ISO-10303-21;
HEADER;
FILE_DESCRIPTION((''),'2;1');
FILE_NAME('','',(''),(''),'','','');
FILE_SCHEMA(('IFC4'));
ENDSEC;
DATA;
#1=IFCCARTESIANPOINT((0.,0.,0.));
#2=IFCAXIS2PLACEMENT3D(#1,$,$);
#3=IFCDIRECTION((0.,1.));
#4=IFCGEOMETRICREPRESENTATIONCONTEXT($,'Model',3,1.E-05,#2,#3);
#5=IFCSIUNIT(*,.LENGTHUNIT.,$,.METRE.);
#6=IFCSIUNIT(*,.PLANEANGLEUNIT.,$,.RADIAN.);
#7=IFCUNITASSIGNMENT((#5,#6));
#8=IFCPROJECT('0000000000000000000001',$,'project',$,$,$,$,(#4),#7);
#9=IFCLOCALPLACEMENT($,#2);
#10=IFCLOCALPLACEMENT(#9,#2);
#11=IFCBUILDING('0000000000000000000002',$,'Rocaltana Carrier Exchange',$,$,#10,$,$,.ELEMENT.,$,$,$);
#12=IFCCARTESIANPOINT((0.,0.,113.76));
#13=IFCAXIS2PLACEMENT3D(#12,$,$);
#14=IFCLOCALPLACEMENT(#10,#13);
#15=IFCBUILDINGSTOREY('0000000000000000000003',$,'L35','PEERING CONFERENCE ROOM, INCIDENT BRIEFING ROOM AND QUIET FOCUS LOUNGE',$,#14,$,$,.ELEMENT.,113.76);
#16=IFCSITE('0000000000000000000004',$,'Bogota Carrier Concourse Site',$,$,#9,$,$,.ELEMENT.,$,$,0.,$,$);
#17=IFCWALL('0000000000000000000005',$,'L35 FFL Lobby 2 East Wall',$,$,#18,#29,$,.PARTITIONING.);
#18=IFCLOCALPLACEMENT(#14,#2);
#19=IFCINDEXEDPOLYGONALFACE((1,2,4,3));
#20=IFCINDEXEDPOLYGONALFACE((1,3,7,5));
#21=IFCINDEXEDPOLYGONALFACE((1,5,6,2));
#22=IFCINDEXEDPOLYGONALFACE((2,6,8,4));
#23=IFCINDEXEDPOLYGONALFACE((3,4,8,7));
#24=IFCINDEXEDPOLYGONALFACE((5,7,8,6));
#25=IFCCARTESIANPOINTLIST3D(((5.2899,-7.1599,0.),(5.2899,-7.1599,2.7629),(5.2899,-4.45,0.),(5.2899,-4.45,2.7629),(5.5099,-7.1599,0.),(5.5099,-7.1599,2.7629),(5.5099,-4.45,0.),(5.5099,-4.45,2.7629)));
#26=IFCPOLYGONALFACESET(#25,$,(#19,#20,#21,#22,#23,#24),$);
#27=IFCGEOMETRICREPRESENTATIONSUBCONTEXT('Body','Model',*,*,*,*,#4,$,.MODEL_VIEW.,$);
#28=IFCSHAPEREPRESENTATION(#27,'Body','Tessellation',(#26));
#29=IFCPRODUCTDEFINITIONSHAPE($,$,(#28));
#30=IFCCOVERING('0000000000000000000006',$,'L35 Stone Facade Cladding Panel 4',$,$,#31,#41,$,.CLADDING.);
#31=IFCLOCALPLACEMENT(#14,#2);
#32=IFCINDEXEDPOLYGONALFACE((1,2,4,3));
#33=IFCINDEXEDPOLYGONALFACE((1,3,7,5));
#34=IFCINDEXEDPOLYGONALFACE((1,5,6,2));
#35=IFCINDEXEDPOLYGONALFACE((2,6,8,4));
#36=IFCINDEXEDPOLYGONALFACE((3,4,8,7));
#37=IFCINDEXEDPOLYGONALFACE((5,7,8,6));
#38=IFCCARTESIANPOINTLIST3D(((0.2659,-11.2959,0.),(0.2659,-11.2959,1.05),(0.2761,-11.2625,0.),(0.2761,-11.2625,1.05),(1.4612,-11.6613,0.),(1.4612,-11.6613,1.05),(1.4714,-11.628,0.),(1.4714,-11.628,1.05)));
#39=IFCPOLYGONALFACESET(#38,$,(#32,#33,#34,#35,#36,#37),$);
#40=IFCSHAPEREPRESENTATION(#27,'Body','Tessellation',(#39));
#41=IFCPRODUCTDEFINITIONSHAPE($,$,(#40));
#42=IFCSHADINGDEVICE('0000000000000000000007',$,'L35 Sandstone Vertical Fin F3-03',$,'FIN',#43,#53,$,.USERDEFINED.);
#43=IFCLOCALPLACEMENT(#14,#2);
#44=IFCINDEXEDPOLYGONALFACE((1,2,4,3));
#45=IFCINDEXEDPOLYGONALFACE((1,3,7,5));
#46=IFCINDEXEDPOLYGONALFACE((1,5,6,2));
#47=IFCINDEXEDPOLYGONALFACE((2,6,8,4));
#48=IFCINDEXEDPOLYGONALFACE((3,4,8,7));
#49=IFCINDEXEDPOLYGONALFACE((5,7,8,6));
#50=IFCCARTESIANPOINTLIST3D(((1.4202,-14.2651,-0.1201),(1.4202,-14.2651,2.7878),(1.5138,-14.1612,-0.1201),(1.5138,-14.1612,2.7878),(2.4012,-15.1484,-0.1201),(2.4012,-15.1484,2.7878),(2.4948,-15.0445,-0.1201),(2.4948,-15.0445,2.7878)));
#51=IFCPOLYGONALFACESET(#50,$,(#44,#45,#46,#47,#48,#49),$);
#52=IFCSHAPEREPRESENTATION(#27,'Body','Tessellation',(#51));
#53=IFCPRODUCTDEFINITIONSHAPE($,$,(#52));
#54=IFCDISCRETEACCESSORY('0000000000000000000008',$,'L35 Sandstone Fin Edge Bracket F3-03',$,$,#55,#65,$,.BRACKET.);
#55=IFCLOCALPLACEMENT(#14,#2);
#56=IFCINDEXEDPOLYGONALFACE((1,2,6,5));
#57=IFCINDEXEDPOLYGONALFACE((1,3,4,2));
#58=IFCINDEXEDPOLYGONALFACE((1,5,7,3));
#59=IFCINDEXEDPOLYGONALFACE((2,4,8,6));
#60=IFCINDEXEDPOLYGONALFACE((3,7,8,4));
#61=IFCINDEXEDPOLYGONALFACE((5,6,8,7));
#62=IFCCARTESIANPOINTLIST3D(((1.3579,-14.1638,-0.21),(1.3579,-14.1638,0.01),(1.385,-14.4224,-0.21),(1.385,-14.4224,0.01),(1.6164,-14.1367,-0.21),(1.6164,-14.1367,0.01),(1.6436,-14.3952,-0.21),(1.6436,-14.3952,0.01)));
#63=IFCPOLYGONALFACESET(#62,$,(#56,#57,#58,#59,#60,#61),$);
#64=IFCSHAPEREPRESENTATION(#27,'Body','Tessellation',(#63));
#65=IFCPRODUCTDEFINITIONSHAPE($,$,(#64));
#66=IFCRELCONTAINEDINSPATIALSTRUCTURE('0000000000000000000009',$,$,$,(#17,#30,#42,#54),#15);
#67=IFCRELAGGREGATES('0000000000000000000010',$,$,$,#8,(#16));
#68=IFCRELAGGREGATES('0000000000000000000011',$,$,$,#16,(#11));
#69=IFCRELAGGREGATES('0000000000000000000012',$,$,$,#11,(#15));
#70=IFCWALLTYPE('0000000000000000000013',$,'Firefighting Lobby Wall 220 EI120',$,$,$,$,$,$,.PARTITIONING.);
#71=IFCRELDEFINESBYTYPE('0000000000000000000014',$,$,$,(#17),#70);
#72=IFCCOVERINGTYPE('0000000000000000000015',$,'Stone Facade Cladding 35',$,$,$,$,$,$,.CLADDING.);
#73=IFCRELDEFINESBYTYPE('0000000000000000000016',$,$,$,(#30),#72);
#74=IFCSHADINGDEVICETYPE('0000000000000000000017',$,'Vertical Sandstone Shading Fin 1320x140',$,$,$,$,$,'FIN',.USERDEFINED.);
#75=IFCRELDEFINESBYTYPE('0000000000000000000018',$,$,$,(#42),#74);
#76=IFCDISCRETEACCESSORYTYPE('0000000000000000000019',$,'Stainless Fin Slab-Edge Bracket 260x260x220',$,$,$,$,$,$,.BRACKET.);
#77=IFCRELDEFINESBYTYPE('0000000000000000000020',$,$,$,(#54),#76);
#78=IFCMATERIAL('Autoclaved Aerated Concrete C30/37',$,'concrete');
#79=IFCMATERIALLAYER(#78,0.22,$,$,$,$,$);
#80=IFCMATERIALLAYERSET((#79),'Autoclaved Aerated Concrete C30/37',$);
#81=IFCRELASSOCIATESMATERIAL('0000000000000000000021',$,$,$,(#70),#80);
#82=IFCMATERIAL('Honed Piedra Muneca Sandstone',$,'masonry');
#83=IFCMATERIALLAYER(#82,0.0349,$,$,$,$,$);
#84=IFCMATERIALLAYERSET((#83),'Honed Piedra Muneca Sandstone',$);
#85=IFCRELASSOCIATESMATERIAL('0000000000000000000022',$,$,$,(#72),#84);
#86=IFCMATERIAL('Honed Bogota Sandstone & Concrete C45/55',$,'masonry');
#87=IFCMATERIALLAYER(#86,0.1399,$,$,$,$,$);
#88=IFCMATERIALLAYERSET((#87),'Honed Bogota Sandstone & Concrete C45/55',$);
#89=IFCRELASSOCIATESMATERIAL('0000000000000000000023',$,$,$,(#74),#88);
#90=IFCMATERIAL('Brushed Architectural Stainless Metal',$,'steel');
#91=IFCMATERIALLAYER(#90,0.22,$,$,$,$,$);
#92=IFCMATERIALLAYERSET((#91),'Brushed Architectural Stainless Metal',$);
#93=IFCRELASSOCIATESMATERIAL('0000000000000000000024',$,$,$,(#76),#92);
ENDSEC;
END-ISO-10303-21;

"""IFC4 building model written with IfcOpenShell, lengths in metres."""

from ifc_helpers import new_model, si_unit, direction, frame, frame_2d, origin, origin_2d, place, context, subcontext, project, spatial, rectangle, extrude, material, layer, layer_set, type_object, element, save


model = new_model("IFC4")

# Units and contexts
model_context = context("Model", 3, precision=1e-05, world=origin(), true_north=direction((0.0, 1.0)))
body_context = subcontext(model_context, "Body", "Model", "MODEL_VIEW")
ifc_project = project(units=[si_unit("LENGTHUNIT", "METRE"), si_unit("PLANEANGLEUNIT", "RADIAN")], contexts=[model_context])

# Site, building, storey
site_placement = place(None, origin())
site = spatial("IfcSite", under=ifc_project, at=site_placement, Name="Bogota Carrier Concourse Site", CompositionType="ELEMENT", RefElevation=0.0)
building_placement = place(site_placement, origin())
building = spatial("IfcBuilding", under=site, at=building_placement, Name="Rocaltana Carrier Exchange", CompositionType="ELEMENT")
storey_placement = place(building_placement, frame((0.0, 0.0, 113.76)))
storey = spatial("IfcBuildingStorey", under=building, at=storey_placement, Name="L35", Description="PEERING CONFERENCE ROOM, INCIDENT BRIEFING ROOM AND QUIET FOCUS LOUNGE", CompositionType="ELEMENT", Elevation=113.76)

# Wall
ifc_material_1 = material(Name="Autoclaved Aerated Concrete C30/37", Category="concrete")
ifc_layer_1 = layer(ifc_material_1, 0.22)
ifc_layer_set_1 = layer_set([ifc_layer_1], Name="Autoclaved Aerated Concrete C30/37")
wall_type_1 = type_object("IfcWallType", Name="Firefighting Lobby Wall 220 EI120", PredefinedType="PARTITIONING", material=ifc_layer_set_1)
wall_1_placement = place(storey_placement, frame((5.3999, -7.1599, 0.0), z_axis=(0.0, 0.0, 1.0), x_axis=(0.0, 1.0, 0.0)))
element("IfcWall", 1, at=wall_1_placement, inside=storey, type_object=wall_type_1, Name="L35 FFL Lobby 2 East Wall", PredefinedType="PARTITIONING", context=body_context, shape_type="SweptSolid", body=[
    extrude(rectangle(XDim=2.71, YDim=0.22, at=frame_2d((1.355, 0.0))), origin(), (0.0, 0.0, 1.0), 2.7629),
])

# Covering
ifc_material_2 = material(Name="Honed Piedra Muneca Sandstone", Category="masonry")
ifc_layer_2 = layer(ifc_material_2, 0.0349)
ifc_layer_set_2 = layer_set([ifc_layer_2], Name="Honed Piedra Muneca Sandstone")
covering_type = type_object("IfcCoveringType", Name="Stone Facade Cladding 35", PredefinedType="CLADDING", material=ifc_layer_set_2)
covering_placement = place(storey_placement, frame((0.8687, -11.4619, 0.0), z_axis=(0.0, 0.0, 1.0), x_axis=(-0.956305, 0.292372, 0.0)))
element("IfcCovering", 2, at=covering_placement, inside=storey, type_object=covering_type, Name="L35 Stone Facade Cladding Panel 4", PredefinedType="CLADDING", context=body_context, shape_type="SweptSolid", body=[
    extrude(rectangle(XDim=1.25, YDim=0.0349, at=origin_2d()), origin(), (0.0, 0.0, 1.0), 1.05),
])

# Shading device
ifc_material_3 = material(Name="Honed Bogota Sandstone & Concrete C45/55", Category="masonry")
ifc_layer_3 = layer(ifc_material_3, 0.1399)
ifc_layer_set_3 = layer_set([ifc_layer_3], Name="Honed Bogota Sandstone & Concrete C45/55")
shading_device_type = type_object("IfcShadingDeviceType", Name="Vertical Sandstone Shading Fin 1320x140", ElementType="FIN", PredefinedType="USERDEFINED", material=ifc_layer_set_3)
shading_device_placement = place(storey_placement, frame((1.9575, -14.6548, -0.1201), z_axis=(0.0, 0.0, 1.0), x_axis=(0.743145, -0.669131, 0.0)))
element("IfcShadingDevice", 3, at=shading_device_placement, inside=storey, type_object=shading_device_type, Name="L35 Sandstone Vertical Fin F3-03", ObjectType="FIN", PredefinedType="USERDEFINED", context=body_context, shape_type="SweptSolid", body=[
    extrude(rectangle(XDim=1.3201, YDim=0.1399, at=origin_2d()), origin(), (0.0, 0.0, 1.0), 2.908),
])

# Discrete accessory
ifc_material_4 = material(Name="Brushed Architectural Stainless Metal", Category="steel")
ifc_layer_4 = layer(ifc_material_4, 0.22)
ifc_layer_set_4 = layer_set([ifc_layer_4], Name="Brushed Architectural Stainless Metal")
discrete_accessory_type = type_object("IfcDiscreteAccessoryType", Name="Stainless Fin Slab-Edge Bracket 260x260x220", PredefinedType="BRACKET", material=ifc_layer_set_4)
discrete_accessory_placement = place(storey_placement, frame((1.5007, -14.2795, -0.21), z_axis=(0.0, 0.0, 1.0), x_axis=(0.994522, 0.104528, 0.0)))
element("IfcDiscreteAccessory", 4, at=discrete_accessory_placement, inside=storey, type_object=discrete_accessory_type, Name="L35 Sandstone Fin Edge Bracket F3-03", PredefinedType="BRACKET", context=body_context, shape_type="SweptSolid", body=[
    extrude(rectangle(XDim=0.26, YDim=0.26, at=origin_2d()), origin(), (0.0, 0.0, 1.0), 0.22),
])

save(model, "model.ifc")
